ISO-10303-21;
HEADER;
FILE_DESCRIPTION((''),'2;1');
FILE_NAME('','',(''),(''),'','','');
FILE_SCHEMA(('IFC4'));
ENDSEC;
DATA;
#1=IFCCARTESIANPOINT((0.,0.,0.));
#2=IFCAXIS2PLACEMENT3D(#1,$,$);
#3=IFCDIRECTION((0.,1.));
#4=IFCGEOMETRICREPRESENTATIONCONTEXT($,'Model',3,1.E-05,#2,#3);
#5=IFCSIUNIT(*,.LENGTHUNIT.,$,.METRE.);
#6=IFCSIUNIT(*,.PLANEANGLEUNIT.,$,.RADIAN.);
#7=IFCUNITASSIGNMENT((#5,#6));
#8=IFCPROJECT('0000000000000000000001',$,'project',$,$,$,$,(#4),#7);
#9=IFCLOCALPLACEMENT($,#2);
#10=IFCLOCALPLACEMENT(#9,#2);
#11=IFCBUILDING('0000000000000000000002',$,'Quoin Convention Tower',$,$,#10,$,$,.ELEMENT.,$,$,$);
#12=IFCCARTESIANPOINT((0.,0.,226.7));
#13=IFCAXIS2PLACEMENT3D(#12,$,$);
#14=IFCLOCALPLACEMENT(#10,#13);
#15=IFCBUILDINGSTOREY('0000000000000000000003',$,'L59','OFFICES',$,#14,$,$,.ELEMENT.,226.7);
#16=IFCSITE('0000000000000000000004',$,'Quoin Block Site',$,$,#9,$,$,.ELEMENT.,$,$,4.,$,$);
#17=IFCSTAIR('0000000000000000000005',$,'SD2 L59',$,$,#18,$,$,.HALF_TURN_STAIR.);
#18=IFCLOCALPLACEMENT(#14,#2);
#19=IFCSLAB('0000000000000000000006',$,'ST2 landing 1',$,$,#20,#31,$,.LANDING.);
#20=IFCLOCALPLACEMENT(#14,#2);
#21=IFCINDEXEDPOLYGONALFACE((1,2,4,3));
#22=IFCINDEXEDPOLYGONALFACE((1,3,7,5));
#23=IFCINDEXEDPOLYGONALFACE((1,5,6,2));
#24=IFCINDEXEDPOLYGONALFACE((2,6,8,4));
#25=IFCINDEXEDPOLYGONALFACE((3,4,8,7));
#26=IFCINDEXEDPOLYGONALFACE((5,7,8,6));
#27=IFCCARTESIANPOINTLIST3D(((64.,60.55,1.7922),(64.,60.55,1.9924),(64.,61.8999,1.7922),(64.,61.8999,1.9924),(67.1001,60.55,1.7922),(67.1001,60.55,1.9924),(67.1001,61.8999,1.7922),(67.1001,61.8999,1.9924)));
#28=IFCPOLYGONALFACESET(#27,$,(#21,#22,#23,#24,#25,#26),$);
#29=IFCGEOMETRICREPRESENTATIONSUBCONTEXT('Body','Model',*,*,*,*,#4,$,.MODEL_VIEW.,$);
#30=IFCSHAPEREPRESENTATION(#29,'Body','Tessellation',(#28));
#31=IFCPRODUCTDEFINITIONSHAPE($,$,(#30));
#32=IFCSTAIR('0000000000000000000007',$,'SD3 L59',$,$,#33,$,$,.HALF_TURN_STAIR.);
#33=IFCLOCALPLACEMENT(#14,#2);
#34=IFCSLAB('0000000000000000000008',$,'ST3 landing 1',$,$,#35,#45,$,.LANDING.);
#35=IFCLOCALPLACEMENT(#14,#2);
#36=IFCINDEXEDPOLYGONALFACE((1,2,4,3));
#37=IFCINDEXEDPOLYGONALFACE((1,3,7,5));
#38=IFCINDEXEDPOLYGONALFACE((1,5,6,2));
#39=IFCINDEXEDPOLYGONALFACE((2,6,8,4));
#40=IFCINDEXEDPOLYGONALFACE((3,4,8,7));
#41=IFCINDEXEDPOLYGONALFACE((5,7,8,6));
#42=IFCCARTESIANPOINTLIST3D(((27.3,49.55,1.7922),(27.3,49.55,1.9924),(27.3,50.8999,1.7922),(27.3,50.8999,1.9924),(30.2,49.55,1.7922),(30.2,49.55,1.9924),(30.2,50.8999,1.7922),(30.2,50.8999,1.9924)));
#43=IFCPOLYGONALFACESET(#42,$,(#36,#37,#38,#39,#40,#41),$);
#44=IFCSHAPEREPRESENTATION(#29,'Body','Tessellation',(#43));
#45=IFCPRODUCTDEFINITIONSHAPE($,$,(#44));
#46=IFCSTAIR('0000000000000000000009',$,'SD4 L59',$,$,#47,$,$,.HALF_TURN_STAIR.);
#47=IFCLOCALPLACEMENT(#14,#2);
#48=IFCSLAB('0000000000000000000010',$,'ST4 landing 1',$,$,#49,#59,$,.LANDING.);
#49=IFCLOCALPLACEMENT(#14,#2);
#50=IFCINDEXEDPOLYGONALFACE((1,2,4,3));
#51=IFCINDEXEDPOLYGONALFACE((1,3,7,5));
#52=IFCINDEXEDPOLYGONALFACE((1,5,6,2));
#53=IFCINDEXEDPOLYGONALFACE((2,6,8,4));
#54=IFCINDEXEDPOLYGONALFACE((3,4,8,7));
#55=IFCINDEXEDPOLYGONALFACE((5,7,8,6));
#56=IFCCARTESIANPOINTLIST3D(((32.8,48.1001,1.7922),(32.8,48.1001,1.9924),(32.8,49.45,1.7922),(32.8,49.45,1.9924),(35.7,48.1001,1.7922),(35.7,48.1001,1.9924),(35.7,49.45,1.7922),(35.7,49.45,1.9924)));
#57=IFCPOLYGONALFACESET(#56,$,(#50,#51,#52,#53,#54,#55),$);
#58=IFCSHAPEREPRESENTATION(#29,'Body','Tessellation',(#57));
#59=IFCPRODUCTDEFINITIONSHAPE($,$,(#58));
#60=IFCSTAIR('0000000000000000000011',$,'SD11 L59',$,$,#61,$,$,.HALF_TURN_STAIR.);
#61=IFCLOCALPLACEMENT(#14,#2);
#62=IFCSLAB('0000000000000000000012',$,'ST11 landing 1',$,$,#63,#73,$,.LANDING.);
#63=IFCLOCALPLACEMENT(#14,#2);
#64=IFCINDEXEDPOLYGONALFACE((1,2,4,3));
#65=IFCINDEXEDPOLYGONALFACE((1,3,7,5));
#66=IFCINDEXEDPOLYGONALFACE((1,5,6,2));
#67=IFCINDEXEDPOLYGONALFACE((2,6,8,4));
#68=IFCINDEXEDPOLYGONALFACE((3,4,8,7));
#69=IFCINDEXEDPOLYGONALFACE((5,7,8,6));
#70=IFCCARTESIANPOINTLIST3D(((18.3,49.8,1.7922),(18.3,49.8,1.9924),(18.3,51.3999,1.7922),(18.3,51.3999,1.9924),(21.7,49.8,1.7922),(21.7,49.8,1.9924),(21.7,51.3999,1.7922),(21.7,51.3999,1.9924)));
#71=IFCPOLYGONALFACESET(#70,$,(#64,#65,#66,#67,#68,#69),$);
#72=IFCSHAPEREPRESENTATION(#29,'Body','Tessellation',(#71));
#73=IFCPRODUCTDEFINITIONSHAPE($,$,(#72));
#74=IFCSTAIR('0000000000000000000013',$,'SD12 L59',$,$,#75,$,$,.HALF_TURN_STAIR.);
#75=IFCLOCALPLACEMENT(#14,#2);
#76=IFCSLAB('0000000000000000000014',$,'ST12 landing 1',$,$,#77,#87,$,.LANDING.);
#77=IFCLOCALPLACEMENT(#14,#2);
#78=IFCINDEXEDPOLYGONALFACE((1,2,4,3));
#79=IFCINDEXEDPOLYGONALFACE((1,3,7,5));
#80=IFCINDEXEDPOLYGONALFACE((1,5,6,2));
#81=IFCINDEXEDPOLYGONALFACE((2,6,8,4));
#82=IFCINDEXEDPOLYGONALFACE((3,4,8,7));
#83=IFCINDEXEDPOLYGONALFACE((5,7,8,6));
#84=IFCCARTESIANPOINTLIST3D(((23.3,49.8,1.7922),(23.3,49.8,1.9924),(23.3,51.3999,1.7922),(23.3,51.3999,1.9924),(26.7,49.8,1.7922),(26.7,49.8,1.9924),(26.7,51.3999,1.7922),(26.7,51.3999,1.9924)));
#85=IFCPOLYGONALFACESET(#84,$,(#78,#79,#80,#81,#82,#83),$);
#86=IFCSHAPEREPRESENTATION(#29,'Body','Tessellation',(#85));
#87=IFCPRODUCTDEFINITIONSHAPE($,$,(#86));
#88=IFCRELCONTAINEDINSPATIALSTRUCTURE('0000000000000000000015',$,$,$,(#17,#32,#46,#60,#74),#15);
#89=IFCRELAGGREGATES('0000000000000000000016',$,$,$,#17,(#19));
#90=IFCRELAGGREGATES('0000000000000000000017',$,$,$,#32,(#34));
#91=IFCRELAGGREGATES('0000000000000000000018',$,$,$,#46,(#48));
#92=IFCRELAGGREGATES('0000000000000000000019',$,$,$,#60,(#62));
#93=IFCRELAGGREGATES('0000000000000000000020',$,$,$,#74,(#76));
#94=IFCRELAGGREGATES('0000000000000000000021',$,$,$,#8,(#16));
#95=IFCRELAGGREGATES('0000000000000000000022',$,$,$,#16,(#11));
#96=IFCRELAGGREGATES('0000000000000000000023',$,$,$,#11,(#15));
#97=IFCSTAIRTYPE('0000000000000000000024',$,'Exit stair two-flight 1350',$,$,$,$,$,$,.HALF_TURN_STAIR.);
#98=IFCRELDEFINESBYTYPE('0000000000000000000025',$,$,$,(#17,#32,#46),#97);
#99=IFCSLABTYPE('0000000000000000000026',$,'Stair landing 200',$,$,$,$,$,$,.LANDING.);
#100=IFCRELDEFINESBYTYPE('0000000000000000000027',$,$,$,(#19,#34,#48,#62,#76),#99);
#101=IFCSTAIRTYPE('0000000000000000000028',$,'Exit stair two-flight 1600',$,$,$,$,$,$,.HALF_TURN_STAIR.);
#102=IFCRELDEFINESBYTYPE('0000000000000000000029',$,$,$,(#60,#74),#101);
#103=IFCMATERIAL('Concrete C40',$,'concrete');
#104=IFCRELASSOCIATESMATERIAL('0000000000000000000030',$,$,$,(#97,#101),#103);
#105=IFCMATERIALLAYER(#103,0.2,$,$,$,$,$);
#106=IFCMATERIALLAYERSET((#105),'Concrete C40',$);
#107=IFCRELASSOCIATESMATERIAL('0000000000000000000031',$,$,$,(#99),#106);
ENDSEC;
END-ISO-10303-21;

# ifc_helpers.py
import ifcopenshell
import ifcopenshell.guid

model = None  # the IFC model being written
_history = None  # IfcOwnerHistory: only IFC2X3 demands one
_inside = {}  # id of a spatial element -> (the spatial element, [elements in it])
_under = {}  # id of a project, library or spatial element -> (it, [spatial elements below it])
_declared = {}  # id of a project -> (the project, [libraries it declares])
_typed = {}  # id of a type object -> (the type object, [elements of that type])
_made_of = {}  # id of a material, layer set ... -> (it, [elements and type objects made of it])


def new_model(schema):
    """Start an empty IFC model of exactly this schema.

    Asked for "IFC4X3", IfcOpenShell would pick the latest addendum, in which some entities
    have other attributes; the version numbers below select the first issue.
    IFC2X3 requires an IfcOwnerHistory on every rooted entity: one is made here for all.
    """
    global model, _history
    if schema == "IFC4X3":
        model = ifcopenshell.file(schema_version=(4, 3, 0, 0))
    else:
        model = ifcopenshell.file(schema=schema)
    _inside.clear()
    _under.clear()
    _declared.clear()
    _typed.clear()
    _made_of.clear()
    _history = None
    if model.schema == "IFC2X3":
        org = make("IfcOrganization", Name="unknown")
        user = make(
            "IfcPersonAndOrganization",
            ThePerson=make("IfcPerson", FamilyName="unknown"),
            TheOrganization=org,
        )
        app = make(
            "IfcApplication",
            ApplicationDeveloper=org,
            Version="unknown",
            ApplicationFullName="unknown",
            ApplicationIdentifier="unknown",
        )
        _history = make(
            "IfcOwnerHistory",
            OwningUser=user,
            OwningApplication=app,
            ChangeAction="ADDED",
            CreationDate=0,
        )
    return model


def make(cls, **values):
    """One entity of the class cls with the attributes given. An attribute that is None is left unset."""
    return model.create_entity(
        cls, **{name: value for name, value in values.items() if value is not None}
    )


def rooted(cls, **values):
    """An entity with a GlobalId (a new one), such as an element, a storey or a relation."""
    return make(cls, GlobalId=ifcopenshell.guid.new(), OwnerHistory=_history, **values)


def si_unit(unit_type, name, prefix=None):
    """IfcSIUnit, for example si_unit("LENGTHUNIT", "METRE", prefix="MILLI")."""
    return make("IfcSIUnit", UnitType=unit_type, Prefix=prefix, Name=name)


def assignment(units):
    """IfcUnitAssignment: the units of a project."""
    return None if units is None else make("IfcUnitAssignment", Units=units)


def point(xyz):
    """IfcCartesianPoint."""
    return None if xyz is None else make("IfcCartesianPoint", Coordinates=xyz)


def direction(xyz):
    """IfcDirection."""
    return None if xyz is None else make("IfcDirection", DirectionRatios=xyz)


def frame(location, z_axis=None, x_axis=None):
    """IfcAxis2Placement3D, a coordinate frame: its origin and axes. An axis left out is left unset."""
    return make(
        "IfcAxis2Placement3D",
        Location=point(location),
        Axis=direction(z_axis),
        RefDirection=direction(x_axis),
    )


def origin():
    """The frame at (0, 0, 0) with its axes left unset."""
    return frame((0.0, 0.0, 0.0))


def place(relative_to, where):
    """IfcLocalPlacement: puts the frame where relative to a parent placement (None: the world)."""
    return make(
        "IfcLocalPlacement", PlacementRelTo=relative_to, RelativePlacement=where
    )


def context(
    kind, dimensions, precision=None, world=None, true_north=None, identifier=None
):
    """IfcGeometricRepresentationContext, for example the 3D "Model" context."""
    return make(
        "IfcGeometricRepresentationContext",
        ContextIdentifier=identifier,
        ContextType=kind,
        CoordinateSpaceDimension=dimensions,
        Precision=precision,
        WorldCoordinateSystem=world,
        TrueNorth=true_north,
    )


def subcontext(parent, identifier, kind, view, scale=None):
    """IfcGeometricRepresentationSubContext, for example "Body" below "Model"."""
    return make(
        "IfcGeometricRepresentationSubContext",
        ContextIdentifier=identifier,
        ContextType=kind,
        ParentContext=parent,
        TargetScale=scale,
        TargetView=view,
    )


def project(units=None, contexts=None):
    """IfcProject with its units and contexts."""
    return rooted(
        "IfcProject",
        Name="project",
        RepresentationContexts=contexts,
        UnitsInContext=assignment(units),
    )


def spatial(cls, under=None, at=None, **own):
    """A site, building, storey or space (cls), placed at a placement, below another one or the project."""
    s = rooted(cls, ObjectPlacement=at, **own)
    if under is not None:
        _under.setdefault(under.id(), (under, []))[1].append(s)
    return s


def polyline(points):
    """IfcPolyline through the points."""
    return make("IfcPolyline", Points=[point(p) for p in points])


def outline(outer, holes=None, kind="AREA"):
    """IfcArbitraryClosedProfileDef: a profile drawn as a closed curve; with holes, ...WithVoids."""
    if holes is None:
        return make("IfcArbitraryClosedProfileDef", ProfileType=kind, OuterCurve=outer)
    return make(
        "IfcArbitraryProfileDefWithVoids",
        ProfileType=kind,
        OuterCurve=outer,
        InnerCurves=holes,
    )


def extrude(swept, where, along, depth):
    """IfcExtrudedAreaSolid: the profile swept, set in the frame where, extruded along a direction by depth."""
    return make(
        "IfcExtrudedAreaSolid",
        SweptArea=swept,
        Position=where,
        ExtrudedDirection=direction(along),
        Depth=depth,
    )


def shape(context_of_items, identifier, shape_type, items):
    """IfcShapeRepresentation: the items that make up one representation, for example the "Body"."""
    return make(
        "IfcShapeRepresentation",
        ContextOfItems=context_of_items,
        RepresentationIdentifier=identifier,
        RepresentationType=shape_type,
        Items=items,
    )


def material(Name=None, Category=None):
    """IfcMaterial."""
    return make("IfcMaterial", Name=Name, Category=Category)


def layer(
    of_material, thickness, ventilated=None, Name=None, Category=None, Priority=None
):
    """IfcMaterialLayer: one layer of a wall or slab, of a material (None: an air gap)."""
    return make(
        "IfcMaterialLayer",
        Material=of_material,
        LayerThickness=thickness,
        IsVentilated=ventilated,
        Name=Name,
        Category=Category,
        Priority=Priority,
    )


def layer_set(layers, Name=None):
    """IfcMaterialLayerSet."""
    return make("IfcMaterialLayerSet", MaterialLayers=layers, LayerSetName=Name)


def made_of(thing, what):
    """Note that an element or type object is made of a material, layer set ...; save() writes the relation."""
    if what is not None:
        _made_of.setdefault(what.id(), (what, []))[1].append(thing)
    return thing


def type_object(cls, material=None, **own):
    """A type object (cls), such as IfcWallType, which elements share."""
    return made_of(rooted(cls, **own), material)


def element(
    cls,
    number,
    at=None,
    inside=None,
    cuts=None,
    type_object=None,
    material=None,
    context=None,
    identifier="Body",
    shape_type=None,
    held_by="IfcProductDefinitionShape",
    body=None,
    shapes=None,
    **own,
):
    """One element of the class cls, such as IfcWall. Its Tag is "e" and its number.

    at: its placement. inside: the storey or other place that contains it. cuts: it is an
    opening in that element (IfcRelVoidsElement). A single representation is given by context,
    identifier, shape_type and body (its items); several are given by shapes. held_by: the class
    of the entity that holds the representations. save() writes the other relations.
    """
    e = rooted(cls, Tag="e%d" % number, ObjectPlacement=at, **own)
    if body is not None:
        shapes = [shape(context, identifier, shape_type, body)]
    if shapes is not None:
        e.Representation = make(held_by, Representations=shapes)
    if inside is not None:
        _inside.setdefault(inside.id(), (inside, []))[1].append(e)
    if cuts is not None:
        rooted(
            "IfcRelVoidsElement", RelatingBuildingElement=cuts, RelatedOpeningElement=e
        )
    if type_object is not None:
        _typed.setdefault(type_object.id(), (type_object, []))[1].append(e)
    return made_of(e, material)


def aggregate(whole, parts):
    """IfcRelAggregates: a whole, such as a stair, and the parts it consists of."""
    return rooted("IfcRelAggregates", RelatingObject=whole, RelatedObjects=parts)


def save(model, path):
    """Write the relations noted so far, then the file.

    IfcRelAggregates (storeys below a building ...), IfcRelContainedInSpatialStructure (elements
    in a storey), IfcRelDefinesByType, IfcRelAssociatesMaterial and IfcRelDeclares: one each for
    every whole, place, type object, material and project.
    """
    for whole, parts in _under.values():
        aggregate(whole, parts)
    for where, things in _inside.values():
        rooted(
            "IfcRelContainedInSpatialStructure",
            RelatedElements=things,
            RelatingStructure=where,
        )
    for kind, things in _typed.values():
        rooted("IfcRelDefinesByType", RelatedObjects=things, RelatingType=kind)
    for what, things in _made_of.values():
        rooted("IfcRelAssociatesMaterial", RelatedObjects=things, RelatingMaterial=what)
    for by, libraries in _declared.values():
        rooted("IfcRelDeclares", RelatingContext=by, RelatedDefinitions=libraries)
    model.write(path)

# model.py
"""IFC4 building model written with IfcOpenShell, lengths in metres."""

from ifc_helpers import new_model, si_unit, direction, frame, origin, place, context, subcontext, project, spatial, polyline, outline, extrude, material, layer, layer_set, type_object, element, aggregate, save


model = new_model("IFC4")

# Units and contexts
model_context = context("Model", 3, precision=1e-05, world=origin(), true_north=direction((0.0, 1.0)))
body_context = subcontext(model_context, "Body", "Model", "MODEL_VIEW")
ifc_project = project(units=[si_unit("LENGTHUNIT", "METRE"), si_unit("PLANEANGLEUNIT", "RADIAN")], contexts=[model_context])

# Site, building, storey
site_placement = place(None, origin())
site = spatial("IfcSite", under=ifc_project, at=site_placement, Name="Quoin Block Site", CompositionType="ELEMENT", RefElevation=4.0)
building_placement = place(site_placement, origin())
building = spatial("IfcBuilding", under=site, at=building_placement, Name="Quoin Convention Tower", CompositionType="ELEMENT")
storey_placement = place(building_placement, frame((0.0, 0.0, 226.7)))
storey = spatial("IfcBuildingStorey", under=building, at=storey_placement, Name="L59", Description="OFFICES", CompositionType="ELEMENT", Elevation=226.7)

# Shared definitions
ifc_material_1 = material(Name="Concrete C40", Category="concrete")

# Stairs, slabs
stair_type_1 = type_object("IfcStairType", Name="Exit stair two-flight 1350", PredefinedType="HALF_TURN_STAIR", material=ifc_material_1)
ifc_layer_1 = layer(ifc_material_1, 0.2)
ifc_layer_set_1 = layer_set([ifc_layer_1], Name="Concrete C40")
slab_type_1 = type_object("IfcSlabType", Name="Stair landing 200", PredefinedType="LANDING", material=ifc_layer_set_1)
stair_1_placement = place(storey_placement, origin())
stair_1 = element("IfcStair", 1, at=stair_1_placement, inside=storey, type_object=stair_type_1, Name="SD2 L59", PredefinedType="HALF_TURN_STAIR")
slab_1_placement = place(storey_placement, frame((0.0, 0.0, 1.7922)))
slab_1 = element("IfcSlab", 2, at=slab_1_placement, type_object=slab_type_1, Name="ST2 landing 1", PredefinedType="LANDING", context=body_context, shape_type="SweptSolid", body=[
    extrude(outline(polyline([(64.0, 60.55), (67.1001, 60.55), (67.1001, 61.8999), (64.0, 61.8999), (64.0, 60.55)])), origin(), (0.0, 0.0, 1.0), 0.2002),
])
aggregate(stair_1, [slab_1])
stair_2_placement = place(storey_placement, origin())
stair_2 = element("IfcStair", 3, at=stair_2_placement, inside=storey, type_object=stair_type_1, Name="SD3 L59", PredefinedType="HALF_TURN_STAIR")
slab_2_placement = place(storey_placement, frame((0.0, 0.0, 1.7922)))
slab_2 = element("IfcSlab", 4, at=slab_2_placement, type_object=slab_type_1, Name="ST3 landing 1", PredefinedType="LANDING", context=body_context, shape_type="SweptSolid", body=[
    extrude(outline(polyline([(27.3, 49.55), (30.2, 49.55), (30.2, 50.8999), (27.3, 50.8999), (27.3, 49.55)])), origin(), (0.0, 0.0, 1.0), 0.2002),
])
aggregate(stair_2, [slab_2])
stair_3_placement = place(storey_placement, origin())
stair_3 = element("IfcStair", 5, at=stair_3_placement, inside=storey, type_object=stair_type_1, Name="SD4 L59", PredefinedType="HALF_TURN_STAIR")
slab_3_placement = place(storey_placement, frame((0.0, 0.0, 1.7922)))
slab_3 = element("IfcSlab", 6, at=slab_3_placement, type_object=slab_type_1, Name="ST4 landing 1", PredefinedType="LANDING", context=body_context, shape_type="SweptSolid", body=[
    extrude(outline(polyline([(35.7, 49.45), (32.8, 49.45), (32.8, 48.1001), (35.7, 48.1001), (35.7, 49.45)])), origin(), (0.0, 0.0, 1.0), 0.2002),
])
aggregate(stair_3, [slab_3])
stair_type_2 = type_object("IfcStairType", Name="Exit stair two-flight 1600", PredefinedType="HALF_TURN_STAIR", material=ifc_material_1)
stair_4_placement = place(storey_placement, origin())
stair_4 = element("IfcStair", 7, at=stair_4_placement, inside=storey, type_object=stair_type_2, Name="SD11 L59", PredefinedType="HALF_TURN_STAIR")
slab_4_placement = place(storey_placement, frame((0.0, 0.0, 1.7922)))
slab_4 = element("IfcSlab", 8, at=slab_4_placement, type_object=slab_type_1, Name="ST11 landing 1", PredefinedType="LANDING", context=body_context, shape_type="SweptSolid", body=[
    extrude(outline(polyline([(21.7, 51.3999), (18.3, 51.3999), (18.3, 49.8), (21.7, 49.8), (21.7, 51.3999)])), origin(), (0.0, 0.0, 1.0), 0.2002),
])
aggregate(stair_4, [slab_4])
stair_5_placement = place(storey_placement, origin())
stair_5 = element("IfcStair", 9, at=stair_5_placement, inside=storey, type_object=stair_type_2, Name="SD12 L59", PredefinedType="HALF_TURN_STAIR")
slab_5_placement = place(storey_placement, frame((0.0, 0.0, 1.7922)))
slab_5 = element("IfcSlab", 10, at=slab_5_placement, type_object=slab_type_1, Name="ST12 landing 1", PredefinedType="LANDING", context=body_context, shape_type="SweptSolid", body=[
    extrude(outline(polyline([(26.7, 51.3999), (23.3, 51.3999), (23.3, 49.8), (26.7, 49.8), (26.7, 51.3999)])), origin(), (0.0, 0.0, 1.0), 0.2002),
])
aggregate(stair_5, [slab_5])

save(model, "model.ifc")
